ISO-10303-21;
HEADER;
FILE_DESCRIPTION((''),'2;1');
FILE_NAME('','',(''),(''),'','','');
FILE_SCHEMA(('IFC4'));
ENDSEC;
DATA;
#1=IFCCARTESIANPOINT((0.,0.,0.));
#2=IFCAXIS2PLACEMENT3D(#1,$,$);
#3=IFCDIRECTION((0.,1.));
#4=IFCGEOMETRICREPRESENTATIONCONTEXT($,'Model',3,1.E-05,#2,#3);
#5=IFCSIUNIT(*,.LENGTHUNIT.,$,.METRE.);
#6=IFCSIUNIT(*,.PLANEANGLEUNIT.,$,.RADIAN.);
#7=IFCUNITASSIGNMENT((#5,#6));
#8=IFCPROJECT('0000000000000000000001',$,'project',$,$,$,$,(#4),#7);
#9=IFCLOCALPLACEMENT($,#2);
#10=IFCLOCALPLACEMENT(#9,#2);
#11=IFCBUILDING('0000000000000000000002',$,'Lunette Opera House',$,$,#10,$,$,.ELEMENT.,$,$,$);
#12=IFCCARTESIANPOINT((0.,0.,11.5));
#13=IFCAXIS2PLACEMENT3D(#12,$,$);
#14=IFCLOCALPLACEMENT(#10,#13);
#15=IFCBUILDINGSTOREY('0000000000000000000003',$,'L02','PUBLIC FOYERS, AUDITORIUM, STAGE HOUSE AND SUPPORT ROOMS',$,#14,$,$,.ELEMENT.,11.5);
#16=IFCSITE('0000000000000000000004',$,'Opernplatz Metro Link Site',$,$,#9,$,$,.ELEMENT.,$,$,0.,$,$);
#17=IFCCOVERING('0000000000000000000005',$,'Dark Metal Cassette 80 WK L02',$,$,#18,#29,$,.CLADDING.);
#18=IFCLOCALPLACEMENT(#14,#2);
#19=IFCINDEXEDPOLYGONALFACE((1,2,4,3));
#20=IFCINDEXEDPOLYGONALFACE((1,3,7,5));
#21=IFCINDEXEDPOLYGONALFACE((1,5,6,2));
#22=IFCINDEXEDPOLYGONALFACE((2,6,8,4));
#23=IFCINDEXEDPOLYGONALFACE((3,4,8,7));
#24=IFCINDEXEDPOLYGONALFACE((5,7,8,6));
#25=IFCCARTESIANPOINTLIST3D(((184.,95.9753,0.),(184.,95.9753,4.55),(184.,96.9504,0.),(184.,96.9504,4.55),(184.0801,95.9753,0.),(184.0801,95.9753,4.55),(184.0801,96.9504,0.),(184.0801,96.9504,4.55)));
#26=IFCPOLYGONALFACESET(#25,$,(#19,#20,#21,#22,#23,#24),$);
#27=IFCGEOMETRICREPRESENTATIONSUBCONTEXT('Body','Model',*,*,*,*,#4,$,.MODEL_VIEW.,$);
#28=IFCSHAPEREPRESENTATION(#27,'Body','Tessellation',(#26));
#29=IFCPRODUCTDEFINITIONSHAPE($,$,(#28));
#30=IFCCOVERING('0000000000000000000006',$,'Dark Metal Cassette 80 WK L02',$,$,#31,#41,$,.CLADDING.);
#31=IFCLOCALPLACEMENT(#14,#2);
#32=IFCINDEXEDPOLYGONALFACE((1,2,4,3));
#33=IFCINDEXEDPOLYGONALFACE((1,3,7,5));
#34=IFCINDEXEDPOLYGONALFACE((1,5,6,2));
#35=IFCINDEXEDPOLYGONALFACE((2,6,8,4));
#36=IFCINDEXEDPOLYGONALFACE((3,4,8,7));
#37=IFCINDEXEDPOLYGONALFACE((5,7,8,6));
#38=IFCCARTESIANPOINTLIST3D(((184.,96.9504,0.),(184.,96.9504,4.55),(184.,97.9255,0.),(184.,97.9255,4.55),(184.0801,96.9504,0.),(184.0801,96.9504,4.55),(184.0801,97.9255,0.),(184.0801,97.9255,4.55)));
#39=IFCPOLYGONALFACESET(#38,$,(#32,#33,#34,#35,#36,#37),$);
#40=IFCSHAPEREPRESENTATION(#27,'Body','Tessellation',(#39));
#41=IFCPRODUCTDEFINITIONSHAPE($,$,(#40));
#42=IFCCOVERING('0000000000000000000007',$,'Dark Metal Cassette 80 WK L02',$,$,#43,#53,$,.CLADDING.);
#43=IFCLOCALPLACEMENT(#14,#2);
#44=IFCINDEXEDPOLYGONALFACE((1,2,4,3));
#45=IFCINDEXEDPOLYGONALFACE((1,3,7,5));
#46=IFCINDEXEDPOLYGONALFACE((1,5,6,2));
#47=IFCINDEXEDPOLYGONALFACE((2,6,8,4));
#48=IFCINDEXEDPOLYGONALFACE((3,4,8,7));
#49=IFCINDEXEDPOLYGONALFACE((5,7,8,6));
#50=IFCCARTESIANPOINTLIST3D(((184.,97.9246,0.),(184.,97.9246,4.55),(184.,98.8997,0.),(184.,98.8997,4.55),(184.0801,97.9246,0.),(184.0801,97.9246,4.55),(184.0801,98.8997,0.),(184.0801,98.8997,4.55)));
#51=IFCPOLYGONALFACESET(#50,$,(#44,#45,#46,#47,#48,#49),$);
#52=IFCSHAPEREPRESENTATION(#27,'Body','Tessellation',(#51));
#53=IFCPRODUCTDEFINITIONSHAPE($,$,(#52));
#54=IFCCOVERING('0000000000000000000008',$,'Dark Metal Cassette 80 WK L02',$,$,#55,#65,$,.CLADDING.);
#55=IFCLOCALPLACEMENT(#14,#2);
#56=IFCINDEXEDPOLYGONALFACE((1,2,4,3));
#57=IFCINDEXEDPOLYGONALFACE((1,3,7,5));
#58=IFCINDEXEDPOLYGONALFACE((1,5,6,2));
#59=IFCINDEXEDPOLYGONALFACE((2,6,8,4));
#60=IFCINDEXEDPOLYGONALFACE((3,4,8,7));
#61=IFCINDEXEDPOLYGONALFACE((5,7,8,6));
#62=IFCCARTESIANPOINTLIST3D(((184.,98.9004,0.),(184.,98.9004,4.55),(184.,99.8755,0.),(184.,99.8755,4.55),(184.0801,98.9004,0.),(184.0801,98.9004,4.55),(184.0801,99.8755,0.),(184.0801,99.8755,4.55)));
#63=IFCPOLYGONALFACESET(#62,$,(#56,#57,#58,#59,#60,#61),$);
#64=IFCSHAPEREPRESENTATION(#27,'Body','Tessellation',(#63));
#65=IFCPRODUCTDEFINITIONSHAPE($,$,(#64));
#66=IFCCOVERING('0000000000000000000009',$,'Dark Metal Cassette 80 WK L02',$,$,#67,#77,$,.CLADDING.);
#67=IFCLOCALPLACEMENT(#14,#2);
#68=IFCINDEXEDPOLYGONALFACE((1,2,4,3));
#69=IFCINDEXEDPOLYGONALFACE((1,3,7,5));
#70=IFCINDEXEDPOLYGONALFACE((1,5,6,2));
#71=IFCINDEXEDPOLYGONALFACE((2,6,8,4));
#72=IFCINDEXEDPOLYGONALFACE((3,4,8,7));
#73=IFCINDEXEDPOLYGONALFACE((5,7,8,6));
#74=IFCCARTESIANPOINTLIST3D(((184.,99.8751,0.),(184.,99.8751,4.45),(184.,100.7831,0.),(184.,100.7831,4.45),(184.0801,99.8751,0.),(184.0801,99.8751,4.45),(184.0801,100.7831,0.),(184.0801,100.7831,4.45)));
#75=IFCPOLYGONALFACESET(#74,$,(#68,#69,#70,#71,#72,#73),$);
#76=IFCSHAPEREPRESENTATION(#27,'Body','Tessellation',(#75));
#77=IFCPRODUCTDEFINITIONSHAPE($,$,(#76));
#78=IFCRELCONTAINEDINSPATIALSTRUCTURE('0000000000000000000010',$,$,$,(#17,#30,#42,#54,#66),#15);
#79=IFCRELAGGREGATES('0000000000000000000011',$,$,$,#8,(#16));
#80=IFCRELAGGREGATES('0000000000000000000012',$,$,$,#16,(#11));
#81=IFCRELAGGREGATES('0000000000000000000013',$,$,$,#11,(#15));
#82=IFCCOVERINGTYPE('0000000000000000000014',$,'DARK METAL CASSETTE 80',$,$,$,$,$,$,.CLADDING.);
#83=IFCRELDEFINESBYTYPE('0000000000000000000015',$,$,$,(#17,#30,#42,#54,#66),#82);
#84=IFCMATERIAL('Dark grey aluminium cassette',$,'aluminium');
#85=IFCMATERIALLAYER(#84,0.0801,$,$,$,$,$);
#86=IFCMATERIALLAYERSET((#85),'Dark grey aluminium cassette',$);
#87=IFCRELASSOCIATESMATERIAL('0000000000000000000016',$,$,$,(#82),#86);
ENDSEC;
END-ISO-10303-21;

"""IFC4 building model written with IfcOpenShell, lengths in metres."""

from ifc_helpers import new_model, si_unit, direction, frame, origin, origin_2d, place, context, subcontext, project, spatial, rectangle, extrude, material, layer, layer_set, type_object, element, save


model = new_model("IFC4")

# Units and contexts
model_context = context("Model", 3, precision=1e-05, world=origin(), true_north=direction((0.0, 1.0)))
body_context = subcontext(model_context, "Body", "Model", "MODEL_VIEW")
ifc_project = project(units=[si_unit("LENGTHUNIT", "METRE"), si_unit("PLANEANGLEUNIT", "RADIAN")], contexts=[model_context])

# Site, building, storey
site_placement = place(None, origin())
site = spatial("IfcSite", under=ifc_project, at=site_placement, Name="Opernplatz Metro Link Site", CompositionType="ELEMENT", RefElevation=0.0)
building_placement = place(site_placement, origin())
building = spatial("IfcBuilding", under=site, at=building_placement, Name="Lunette Opera House", CompositionType="ELEMENT")
storey_placement = place(building_placement, frame((0.0, 0.0, 11.5)))
storey = spatial("IfcBuildingStorey", under=building, at=storey_placement, Name="L02", Description="PUBLIC FOYERS, AUDITORIUM, STAGE HOUSE AND SUPPORT ROOMS", CompositionType="ELEMENT", Elevation=11.5)

# Coverings
ifc_material_1 = material(Name="Dark grey aluminium cassette", Category="aluminium")
ifc_layer_1 = layer(ifc_material_1, 0.0801)
ifc_layer_set_1 = layer_set([ifc_layer_1], Name="Dark grey aluminium cassette")
covering_type = type_object("IfcCoveringType", Name="DARK METAL CASSETTE 80", PredefinedType="CLADDING", material=ifc_layer_set_1)
for number, where, z_axis, x_axis, name in (
    (1, (184.04, 96.4629, 0.0), (0.0, 0.0, 1.0), (0.0, 1.0, 0.0), "Dark Metal Cassette 80 WK L02"),
    (2, (184.04, 97.438, 0.0), (0.0, 0.0, 1.0), (0.0, 1.0, 0.0), "Dark Metal Cassette 80 WK L02"),
    (3, (184.04, 98.4121, 0.0), (0.0, 0.0, 1.0), (0.0, 1.0, 0.0), "Dark Metal Cassette 80 WK L02"),
    (4, (184.04, 99.3879, 0.0), (0.0, 0.0, 1.0), (0.0, 1.0, 0.0), "Dark Metal Cassette 80 WK L02"),
):
    element("IfcCovering", number, at=place(storey_placement, frame(where, z_axis=z_axis, x_axis=x_axis)), inside=storey, type_object=covering_type, Name=name, PredefinedType="CLADDING", context=body_context, shape_type="SweptSolid", body=[
        extrude(rectangle(XDim=0.9751, YDim=0.0801, at=origin_2d()), origin(), (0.0, 0.0, 1.0), 4.55),
    ])
covering_placement = place(storey_placement, frame((184.04, 100.3291, 0.0), z_axis=(0.0, 0.0, 1.0), x_axis=(0.0, 1.0, 0.0)))
element("IfcCovering", 5, at=covering_placement, inside=storey, type_object=covering_type, Name="Dark Metal Cassette 80 WK L02", PredefinedType="CLADDING", context=body_context, shape_type="SweptSolid", body=[
    extrude(rectangle(XDim=0.908, YDim=0.0801, at=origin_2d()), origin(), (0.0, 0.0, 1.0), 4.45),
])

save(model, "model.ifc")
